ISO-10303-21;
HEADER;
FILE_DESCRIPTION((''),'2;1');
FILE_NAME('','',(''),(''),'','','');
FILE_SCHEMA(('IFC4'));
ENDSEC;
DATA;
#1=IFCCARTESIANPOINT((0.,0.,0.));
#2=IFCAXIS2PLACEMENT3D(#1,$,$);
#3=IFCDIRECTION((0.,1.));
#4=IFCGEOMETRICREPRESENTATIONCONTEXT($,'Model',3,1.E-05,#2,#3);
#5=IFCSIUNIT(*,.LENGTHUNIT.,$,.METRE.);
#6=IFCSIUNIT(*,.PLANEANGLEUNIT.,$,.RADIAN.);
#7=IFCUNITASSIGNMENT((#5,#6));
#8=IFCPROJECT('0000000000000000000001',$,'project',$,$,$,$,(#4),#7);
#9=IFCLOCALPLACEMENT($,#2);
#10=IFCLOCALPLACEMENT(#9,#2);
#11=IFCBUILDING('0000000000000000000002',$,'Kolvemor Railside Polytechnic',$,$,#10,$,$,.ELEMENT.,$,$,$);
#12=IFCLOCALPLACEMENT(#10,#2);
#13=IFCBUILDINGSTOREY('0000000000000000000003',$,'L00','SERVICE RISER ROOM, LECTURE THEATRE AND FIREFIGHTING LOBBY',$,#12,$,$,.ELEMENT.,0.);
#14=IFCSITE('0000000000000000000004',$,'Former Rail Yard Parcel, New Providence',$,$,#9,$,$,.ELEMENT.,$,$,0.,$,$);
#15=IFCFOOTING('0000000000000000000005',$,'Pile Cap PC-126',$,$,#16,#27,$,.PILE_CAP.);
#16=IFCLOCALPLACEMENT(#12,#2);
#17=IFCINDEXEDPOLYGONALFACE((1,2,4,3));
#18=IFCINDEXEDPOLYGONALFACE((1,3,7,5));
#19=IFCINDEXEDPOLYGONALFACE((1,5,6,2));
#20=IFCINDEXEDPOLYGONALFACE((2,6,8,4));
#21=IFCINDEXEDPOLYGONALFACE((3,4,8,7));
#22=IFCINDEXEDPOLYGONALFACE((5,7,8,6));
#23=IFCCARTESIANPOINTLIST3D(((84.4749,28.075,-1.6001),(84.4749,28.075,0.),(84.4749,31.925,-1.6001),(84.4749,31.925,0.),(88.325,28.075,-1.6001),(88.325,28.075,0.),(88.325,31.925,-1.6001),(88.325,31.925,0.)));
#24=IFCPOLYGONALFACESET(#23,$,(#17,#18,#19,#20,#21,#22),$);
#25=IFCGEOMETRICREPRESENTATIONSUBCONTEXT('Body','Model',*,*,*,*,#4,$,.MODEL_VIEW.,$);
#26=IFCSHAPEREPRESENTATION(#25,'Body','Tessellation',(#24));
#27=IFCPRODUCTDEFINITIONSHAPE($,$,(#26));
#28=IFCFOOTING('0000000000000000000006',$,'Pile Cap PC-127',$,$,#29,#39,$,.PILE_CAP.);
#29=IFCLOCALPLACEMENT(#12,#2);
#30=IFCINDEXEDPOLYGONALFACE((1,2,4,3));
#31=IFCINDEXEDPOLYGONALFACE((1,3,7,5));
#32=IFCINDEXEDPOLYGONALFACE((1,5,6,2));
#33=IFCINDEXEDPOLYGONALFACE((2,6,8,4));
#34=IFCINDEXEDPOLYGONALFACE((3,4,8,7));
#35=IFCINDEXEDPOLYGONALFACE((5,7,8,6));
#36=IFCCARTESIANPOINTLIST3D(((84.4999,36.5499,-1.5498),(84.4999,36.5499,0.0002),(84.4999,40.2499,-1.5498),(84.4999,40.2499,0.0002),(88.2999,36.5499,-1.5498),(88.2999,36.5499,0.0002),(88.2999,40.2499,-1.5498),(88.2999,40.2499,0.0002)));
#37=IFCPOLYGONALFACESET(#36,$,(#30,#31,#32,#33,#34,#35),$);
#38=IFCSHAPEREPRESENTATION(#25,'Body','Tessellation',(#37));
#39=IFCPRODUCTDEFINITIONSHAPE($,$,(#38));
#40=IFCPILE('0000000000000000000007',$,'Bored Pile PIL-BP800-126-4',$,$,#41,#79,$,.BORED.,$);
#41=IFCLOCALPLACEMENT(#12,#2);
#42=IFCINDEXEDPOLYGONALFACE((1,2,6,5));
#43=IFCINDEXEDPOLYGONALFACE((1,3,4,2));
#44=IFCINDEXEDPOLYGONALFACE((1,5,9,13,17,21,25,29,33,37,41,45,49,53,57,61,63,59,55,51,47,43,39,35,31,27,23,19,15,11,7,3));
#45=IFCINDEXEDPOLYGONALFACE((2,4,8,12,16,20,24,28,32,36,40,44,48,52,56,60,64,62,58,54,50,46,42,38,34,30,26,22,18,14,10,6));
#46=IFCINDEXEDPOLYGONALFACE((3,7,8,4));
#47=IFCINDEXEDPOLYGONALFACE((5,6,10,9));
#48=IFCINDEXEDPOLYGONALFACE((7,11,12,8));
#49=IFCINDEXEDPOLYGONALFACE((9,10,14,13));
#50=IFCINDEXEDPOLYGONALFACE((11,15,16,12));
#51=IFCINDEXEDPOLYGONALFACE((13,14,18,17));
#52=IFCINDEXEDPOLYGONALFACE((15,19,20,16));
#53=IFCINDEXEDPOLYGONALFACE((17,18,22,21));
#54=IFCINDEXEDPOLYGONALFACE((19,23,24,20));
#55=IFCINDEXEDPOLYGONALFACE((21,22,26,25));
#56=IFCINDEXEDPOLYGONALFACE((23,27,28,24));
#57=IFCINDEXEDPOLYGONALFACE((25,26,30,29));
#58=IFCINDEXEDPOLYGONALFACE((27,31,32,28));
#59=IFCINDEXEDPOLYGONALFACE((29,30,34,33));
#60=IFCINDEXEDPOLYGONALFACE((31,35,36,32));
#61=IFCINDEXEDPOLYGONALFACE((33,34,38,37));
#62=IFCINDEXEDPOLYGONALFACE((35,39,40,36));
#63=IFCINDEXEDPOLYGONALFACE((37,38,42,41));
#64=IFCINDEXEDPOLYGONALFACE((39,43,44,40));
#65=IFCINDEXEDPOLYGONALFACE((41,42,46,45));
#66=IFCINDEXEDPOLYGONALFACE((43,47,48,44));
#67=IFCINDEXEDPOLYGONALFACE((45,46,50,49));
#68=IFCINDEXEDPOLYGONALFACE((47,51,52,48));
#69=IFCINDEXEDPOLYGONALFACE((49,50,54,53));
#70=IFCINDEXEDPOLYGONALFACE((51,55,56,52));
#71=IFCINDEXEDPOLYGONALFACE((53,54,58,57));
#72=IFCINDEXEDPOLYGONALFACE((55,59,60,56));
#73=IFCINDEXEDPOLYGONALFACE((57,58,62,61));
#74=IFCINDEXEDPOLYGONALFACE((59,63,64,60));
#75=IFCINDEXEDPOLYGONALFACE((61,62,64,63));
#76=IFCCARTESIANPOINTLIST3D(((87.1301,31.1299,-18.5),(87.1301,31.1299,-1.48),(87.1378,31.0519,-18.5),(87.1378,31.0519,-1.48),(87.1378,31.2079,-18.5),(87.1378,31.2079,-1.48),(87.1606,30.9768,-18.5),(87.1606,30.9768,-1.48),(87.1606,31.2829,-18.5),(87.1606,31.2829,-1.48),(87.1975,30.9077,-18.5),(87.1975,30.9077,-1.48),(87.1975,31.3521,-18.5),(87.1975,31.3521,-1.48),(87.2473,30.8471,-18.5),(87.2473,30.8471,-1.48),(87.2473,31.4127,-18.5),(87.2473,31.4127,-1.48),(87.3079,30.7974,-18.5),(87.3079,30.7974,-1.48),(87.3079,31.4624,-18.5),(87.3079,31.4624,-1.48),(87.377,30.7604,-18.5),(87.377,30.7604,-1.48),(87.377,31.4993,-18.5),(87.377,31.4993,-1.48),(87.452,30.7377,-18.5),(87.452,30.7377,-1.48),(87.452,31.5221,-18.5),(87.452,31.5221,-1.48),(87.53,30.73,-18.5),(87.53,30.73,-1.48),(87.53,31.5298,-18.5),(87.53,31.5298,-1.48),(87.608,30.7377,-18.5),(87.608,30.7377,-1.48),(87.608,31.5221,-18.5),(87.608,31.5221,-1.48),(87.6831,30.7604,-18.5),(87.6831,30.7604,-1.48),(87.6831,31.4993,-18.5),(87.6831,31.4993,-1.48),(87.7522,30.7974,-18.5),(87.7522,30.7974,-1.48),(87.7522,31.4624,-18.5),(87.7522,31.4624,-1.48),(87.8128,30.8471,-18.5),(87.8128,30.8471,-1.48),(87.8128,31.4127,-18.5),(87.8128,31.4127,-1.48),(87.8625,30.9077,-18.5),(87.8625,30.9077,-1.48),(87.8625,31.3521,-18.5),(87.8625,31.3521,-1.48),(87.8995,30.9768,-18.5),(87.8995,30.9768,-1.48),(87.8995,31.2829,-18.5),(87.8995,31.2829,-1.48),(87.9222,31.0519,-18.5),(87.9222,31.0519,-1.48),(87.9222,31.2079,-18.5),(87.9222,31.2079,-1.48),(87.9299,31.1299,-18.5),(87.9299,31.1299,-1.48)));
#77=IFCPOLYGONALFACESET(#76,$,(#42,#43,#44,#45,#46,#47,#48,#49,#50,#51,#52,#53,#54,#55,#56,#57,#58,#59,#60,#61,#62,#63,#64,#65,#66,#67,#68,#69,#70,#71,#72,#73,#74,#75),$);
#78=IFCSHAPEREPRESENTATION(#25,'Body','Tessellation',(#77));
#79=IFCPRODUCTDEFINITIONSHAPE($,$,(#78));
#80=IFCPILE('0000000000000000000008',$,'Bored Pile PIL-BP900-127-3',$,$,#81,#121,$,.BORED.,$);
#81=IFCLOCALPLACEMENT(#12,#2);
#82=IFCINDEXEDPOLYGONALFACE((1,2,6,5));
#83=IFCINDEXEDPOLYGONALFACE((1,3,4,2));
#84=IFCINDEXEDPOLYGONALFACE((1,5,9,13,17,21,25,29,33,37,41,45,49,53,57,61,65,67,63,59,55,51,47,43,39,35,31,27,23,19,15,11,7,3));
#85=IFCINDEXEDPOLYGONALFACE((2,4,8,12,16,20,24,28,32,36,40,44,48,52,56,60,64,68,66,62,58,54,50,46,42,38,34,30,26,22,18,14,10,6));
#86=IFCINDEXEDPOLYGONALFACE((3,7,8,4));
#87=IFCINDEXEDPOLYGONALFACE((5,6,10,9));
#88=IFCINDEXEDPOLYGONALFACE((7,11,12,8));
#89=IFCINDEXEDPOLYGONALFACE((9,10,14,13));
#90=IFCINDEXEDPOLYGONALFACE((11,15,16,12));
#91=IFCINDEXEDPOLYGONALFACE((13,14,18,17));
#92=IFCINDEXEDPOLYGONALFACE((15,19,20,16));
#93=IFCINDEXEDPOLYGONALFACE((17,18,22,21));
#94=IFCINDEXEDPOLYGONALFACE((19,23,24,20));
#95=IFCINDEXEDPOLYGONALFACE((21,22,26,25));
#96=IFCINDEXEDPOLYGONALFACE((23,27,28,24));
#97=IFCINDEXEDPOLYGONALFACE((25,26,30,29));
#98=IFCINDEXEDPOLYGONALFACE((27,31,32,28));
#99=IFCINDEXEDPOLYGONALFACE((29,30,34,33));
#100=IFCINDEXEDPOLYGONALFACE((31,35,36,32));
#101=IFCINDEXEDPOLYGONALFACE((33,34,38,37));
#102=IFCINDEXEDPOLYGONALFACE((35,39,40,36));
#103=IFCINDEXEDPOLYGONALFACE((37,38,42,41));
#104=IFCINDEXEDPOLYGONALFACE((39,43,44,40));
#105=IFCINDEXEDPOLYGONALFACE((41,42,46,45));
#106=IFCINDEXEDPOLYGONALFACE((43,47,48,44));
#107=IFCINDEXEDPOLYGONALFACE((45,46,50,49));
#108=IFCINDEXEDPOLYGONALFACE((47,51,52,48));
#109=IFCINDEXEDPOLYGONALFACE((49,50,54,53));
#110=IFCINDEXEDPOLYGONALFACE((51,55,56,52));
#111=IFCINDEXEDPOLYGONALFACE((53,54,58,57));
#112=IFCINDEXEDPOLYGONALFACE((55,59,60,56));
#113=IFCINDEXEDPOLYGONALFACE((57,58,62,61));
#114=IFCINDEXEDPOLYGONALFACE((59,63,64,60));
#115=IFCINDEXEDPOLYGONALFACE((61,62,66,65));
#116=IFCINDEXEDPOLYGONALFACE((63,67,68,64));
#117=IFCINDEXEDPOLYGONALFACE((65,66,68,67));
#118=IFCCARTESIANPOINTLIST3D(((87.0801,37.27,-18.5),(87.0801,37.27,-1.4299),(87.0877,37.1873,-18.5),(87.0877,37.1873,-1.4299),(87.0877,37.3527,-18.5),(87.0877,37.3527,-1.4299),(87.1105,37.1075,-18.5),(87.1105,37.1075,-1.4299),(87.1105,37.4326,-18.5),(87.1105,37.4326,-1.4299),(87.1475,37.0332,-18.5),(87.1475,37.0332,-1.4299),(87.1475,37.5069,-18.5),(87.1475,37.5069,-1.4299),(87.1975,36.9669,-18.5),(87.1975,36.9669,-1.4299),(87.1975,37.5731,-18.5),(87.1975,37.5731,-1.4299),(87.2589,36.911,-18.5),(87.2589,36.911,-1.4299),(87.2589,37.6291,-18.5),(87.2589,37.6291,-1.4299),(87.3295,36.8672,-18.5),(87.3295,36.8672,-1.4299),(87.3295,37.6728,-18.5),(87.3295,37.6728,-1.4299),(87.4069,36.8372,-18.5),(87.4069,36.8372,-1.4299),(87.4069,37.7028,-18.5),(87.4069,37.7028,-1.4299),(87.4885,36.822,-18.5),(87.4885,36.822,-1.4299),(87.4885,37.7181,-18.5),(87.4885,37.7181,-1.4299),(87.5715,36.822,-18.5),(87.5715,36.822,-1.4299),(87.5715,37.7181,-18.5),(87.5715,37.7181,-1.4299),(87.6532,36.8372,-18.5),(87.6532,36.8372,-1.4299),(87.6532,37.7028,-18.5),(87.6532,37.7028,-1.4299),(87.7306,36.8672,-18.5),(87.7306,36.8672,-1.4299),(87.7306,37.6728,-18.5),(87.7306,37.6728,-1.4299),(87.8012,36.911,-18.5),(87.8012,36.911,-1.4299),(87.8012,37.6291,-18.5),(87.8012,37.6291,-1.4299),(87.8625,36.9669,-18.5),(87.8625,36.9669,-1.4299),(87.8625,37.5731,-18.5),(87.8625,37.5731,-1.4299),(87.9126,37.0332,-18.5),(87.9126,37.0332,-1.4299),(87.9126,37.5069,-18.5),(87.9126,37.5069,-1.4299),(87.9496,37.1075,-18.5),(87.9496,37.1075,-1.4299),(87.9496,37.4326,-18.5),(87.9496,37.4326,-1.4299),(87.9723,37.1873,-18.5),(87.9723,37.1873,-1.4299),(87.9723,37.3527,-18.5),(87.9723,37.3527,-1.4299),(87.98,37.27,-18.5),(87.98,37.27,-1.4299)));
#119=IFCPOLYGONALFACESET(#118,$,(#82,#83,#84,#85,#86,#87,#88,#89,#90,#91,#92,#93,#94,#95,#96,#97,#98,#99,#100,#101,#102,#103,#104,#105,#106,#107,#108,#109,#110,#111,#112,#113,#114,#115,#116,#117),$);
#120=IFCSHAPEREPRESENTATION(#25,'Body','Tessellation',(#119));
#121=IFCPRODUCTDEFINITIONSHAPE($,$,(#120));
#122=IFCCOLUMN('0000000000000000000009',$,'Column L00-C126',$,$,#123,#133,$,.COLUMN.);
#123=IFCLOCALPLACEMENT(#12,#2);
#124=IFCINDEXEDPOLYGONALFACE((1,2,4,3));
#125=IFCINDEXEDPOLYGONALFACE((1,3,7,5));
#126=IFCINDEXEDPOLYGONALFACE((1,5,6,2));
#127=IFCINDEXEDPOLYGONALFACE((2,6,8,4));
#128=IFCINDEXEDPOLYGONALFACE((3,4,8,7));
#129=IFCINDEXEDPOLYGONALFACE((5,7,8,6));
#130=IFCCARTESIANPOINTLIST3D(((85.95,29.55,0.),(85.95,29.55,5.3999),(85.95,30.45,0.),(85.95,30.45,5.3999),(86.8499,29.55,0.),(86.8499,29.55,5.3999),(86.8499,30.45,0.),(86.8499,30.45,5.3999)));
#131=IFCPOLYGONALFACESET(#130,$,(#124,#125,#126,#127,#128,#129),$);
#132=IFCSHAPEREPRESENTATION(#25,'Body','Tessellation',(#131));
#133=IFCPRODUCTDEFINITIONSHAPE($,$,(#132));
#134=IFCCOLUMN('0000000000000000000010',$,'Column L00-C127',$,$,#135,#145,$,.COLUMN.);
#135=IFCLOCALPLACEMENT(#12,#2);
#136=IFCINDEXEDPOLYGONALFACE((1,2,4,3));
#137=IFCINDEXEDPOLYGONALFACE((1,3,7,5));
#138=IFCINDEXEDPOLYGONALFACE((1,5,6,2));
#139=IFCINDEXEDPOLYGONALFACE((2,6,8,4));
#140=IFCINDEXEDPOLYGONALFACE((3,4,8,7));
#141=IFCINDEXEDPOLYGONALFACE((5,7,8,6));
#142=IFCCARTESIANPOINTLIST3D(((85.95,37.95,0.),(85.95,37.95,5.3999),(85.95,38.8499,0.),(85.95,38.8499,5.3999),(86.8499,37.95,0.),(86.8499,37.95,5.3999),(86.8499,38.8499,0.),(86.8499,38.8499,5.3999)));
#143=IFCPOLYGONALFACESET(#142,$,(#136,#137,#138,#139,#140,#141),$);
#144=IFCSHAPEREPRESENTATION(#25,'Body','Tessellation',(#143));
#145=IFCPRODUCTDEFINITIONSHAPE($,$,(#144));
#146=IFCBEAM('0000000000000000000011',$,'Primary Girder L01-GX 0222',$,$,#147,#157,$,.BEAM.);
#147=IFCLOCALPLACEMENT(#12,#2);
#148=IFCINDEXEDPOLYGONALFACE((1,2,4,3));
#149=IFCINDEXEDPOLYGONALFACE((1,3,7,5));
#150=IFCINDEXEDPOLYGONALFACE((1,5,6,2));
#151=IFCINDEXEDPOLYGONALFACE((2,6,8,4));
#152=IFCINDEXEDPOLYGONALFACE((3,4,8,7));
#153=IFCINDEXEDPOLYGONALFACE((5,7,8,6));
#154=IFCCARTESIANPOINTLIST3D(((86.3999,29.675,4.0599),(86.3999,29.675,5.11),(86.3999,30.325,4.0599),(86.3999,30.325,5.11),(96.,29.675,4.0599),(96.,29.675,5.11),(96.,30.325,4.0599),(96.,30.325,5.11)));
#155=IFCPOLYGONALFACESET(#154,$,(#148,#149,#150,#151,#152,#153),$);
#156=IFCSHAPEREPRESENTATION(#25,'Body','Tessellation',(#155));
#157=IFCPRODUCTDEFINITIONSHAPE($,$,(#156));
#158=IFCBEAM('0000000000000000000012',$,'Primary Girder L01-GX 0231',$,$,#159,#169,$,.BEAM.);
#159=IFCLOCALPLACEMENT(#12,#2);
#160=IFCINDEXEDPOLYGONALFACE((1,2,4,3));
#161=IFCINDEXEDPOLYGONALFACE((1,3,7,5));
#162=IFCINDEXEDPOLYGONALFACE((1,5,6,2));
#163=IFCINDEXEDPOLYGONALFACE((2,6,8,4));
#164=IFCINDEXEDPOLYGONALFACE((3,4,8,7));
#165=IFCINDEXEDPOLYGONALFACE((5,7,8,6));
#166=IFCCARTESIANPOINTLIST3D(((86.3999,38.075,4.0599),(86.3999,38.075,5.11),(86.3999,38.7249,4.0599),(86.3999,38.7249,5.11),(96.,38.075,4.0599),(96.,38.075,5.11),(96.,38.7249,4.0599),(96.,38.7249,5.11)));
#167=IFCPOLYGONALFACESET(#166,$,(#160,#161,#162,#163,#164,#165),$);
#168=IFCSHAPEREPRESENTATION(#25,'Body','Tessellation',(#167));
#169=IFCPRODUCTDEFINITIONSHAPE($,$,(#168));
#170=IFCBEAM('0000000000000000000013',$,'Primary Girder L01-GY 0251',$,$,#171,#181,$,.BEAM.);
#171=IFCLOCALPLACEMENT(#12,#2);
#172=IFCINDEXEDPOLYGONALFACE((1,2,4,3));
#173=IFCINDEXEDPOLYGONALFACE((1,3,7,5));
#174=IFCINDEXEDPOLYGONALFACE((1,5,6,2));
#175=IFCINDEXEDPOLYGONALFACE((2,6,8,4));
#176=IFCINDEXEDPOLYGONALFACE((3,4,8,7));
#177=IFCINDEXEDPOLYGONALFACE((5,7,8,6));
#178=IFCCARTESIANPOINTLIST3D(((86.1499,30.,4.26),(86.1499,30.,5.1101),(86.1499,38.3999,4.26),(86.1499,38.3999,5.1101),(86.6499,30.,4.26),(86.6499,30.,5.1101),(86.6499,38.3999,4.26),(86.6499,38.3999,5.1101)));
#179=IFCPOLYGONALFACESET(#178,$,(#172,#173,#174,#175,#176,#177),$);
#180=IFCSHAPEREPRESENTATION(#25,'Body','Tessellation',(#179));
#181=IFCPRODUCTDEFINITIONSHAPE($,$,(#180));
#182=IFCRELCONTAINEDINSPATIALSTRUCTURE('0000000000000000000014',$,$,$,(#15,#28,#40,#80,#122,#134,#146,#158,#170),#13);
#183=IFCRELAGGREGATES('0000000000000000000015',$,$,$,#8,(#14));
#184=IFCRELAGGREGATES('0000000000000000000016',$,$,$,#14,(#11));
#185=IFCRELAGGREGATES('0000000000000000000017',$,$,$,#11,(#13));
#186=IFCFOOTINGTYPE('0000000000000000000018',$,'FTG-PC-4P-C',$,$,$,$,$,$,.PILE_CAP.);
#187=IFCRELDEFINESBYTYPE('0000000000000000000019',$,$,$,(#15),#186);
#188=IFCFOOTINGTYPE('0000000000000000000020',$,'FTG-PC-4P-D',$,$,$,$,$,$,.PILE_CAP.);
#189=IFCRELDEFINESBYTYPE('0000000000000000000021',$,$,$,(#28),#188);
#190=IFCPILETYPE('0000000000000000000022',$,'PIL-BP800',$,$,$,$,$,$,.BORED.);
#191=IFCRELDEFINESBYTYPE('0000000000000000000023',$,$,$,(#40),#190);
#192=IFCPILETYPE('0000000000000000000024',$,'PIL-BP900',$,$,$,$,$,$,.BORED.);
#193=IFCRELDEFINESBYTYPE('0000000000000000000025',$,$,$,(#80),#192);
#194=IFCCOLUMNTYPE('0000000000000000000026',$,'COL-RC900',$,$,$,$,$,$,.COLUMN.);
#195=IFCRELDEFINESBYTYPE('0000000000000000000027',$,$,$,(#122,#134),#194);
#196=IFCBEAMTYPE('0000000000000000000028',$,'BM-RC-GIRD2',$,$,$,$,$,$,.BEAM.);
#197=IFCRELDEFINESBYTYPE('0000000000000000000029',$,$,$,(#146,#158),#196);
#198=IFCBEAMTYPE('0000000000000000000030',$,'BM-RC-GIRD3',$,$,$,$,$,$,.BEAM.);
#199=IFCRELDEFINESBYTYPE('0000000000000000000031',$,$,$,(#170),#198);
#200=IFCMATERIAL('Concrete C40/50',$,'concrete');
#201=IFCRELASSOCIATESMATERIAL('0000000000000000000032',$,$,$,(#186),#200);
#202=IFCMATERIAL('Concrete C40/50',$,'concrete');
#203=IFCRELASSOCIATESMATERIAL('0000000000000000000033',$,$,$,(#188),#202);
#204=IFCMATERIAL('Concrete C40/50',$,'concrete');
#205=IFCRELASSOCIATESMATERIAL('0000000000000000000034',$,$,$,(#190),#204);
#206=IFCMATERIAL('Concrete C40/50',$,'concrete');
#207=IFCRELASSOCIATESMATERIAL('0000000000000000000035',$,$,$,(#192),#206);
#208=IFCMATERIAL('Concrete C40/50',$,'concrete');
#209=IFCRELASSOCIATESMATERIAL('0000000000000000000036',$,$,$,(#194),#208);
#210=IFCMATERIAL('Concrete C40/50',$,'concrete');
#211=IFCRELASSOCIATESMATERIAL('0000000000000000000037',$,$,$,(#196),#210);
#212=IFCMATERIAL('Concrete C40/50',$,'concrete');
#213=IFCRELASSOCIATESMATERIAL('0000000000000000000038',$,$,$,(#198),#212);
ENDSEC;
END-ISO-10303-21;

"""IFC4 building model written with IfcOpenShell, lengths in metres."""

from ifc_helpers import new_model, si_unit, direction, frame, origin, origin_2d, place, context, subcontext, project, spatial, rectangle, circle, extrude, material, material_profile, profile_set, type_object, element, save


model = new_model("IFC4")

# Units and contexts
model_context = context("Model", 3, precision=1e-05, world=origin(), true_north=direction((0.0, 1.0)))
body_context = subcontext(model_context, "Body", "Model", "MODEL_VIEW")
ifc_project = project(units=[si_unit("LENGTHUNIT", "METRE"), si_unit("PLANEANGLEUNIT", "RADIAN")], contexts=[model_context])

# Site, building, storey
site_placement = place(None, origin())
site = spatial("IfcSite", under=ifc_project, at=site_placement, Name="Former Rail Yard Parcel, New Providence", CompositionType="ELEMENT", RefElevation=0.0)
building_placement = place(site_placement, origin())
building = spatial("IfcBuilding", under=site, at=building_placement, Name="Kolvemor Railside Polytechnic", CompositionType="ELEMENT")
storey_placement = place(building_placement, origin())
storey = spatial("IfcBuildingStorey", under=building, at=storey_placement, Name="L00", Description="SERVICE RISER ROOM, LECTURE THEATRE AND FIREFIGHTING LOBBY", CompositionType="ELEMENT", Elevation=0.0)

# Footings
ifc_material_1 = material(Name="Concrete C40/50", Category="concrete")
footing_type_1 = type_object("IfcFootingType", Name="FTG-PC-4P-C", PredefinedType="PILE_CAP", material=ifc_material_1)
footing_1_placement = place(storey_placement, frame((86.3999, 30.0, -1.6001), z_axis=(0.0, 0.0, 1.0), x_axis=(1.0, 0.0, 0.0)))
element("IfcFooting", 1, at=footing_1_placement, inside=storey, type_object=footing_type_1, Name="Pile Cap PC-126", PredefinedType="PILE_CAP", context=body_context, shape_type="SweptSolid", body=[
    extrude(rectangle(XDim=3.8501, YDim=3.8501, at=origin_2d()), origin(), (0.0, 0.0, 1.0), 1.6001),
])
ifc_material_2 = material(Name="Concrete C40/50", Category="concrete")
footing_type_2 = type_object("IfcFootingType", Name="FTG-PC-4P-D", PredefinedType="PILE_CAP", material=ifc_material_2)
footing_2_placement = place(storey_placement, frame((86.3999, 38.3999, -1.5498), z_axis=(0.0, 0.0, 1.0), x_axis=(1.0, 0.0, 0.0)))
element("IfcFooting", 2, at=footing_2_placement, inside=storey, type_object=footing_type_2, Name="Pile Cap PC-127", PredefinedType="PILE_CAP", context=body_context, shape_type="SweptSolid", body=[
    extrude(rectangle(XDim=3.8, YDim=3.7, at=origin_2d()), origin(), (0.0, 0.0, 1.0), 1.55),
])

# Piles
ifc_material_3 = material(Name="Concrete C40/50", Category="concrete")
ifc_material_profile_1 = material_profile(ifc_material_3, circle(Radius=0.3999, at=origin_2d()), Name="BP800")
ifc_profile_set_1 = profile_set([ifc_material_profile_1], Name="Concrete C40/50")
pile_type_1 = type_object("IfcPileType", Name="PIL-BP800", PredefinedType="BORED", material=ifc_profile_set_1)
pile_1_placement = place(storey_placement, frame((87.53, 31.1299, -1.48), z_axis=(0.0, 0.0, -1.0), x_axis=(1.0, 0.0, 0.0)))
element("IfcPile", 3, at=pile_1_placement, inside=storey, type_object=pile_type_1, Name="Bored Pile PIL-BP800-126-4", PredefinedType="BORED", context=body_context, shape_type="SweptSolid", body=[
    extrude(circle(Radius=0.3999, at=origin_2d()), origin(), (0.0, 0.0, 1.0), 17.02),
])
ifc_material_4 = material(Name="Concrete C40/50", Category="concrete")
ifc_material_profile_2 = material_profile(ifc_material_4, circle(Radius=0.45, at=origin_2d()), Name="BP900")
ifc_profile_set_2 = profile_set([ifc_material_profile_2], Name="Concrete C40/50")
pile_type_2 = type_object("IfcPileType", Name="PIL-BP900", PredefinedType="BORED", material=ifc_profile_set_2)
pile_2_placement = place(storey_placement, frame((87.53, 37.27, -1.4299), z_axis=(0.0, 0.0, -1.0), x_axis=(1.0, 0.0, 0.0)))
element("IfcPile", 4, at=pile_2_placement, inside=storey, type_object=pile_type_2, Name="Bored Pile PIL-BP900-127-3", PredefinedType="BORED", context=body_context, shape_type="SweptSolid", body=[
    extrude(circle(Radius=0.45, at=origin_2d()), origin(), (0.0, 0.0, 1.0), 17.0701),
])

# Columns
ifc_material_5 = material(Name="Concrete C40/50", Category="concrete")
ifc_material_profile_3 = material_profile(ifc_material_5, rectangle(XDim=0.8999, YDim=0.8999, at=origin_2d()), Name="RC900x900")
ifc_profile_set_3 = profile_set([ifc_material_profile_3], Name="Concrete C40/50")
column_type = type_object("IfcColumnType", Name="COL-RC900", PredefinedType="COLUMN", material=ifc_profile_set_3)
for number, where, z_axis, x_axis, name in (
    (5, (86.3999, 30.0, 0.0), (0.0, 0.0, 1.0), (1.0, 0.0, 0.0), "Column L00-C126"),
    (6, (86.3999, 38.3999, 0.0), (0.0, 0.0, 1.0), (1.0, 0.0, 0.0), "Column L00-C127"),
):
    element("IfcColumn", number, at=place(storey_placement, frame(where, z_axis=z_axis, x_axis=x_axis)), inside=storey, type_object=column_type, Name=name, PredefinedType="COLUMN", context=body_context, shape_type="SweptSolid", body=[
        extrude(rectangle(XDim=0.8999, YDim=0.8999, at=origin_2d()), origin(), (0.0, 0.0, 1.0), 5.3999),
    ])

# Beams
ifc_material_6 = material(Name="Concrete C40/50", Category="concrete")
ifc_material_profile_4 = material_profile(ifc_material_6, rectangle(XDim=0.6499, YDim=1.05, at=origin_2d()), Name="RC650x1050")
ifc_profile_set_4 = profile_set([ifc_material_profile_4], Name="Concrete C40/50")
beam_type_1 = type_object("IfcBeamType", Name="BM-RC-GIRD2", PredefinedType="BEAM", material=ifc_profile_set_4)
for number, where, z_axis, x_axis, name in (
    (7, (86.3999, 30.0, 4.585), (1.0, 0.0, 0.0), (0.0, 1.0, 0.0), "Primary Girder L01-GX 0222"),
    (8, (86.3999, 38.3999, 4.585), (1.0, 0.0, 0.0), (0.0, 1.0, 0.0), "Primary Girder L01-GX 0231"),
):
    element("IfcBeam", number, at=place(storey_placement, frame(where, z_axis=z_axis, x_axis=x_axis)), inside=storey, type_object=beam_type_1, Name=name, PredefinedType="BEAM", context=body_context, shape_type="SweptSolid", body=[
        extrude(rectangle(XDim=0.6499, YDim=1.05, at=origin_2d()), origin(), (0.0, 0.0, 1.0), 9.6001),
    ])
ifc_material_7 = material(Name="Concrete C40/50", Category="concrete")
ifc_material_profile_5 = material_profile(ifc_material_7, rectangle(XDim=0.5, YDim=0.8501, at=origin_2d()), Name="RC500x850")
ifc_profile_set_5 = profile_set([ifc_material_profile_5], Name="Concrete C40/50")
beam_type_2 = type_object("IfcBeamType", Name="BM-RC-GIRD3", PredefinedType="BEAM", material=ifc_profile_set_5)
beam_1_placement = place(storey_placement, frame((86.3999, 30.0, 4.6851), z_axis=(0.0, 1.0, 0.0), x_axis=(-1.0, 0.0, 0.0)))
element("IfcBeam", 9, at=beam_1_placement, inside=storey, type_object=beam_type_2, Name="Primary Girder L01-GY 0251", PredefinedType="BEAM", context=body_context, shape_type="SweptSolid", body=[
    extrude(rectangle(XDim=0.5, YDim=0.8501, at=origin_2d()), origin(), (0.0, 0.0, 1.0), 8.3999),
])

save(model, "model.ifc")
